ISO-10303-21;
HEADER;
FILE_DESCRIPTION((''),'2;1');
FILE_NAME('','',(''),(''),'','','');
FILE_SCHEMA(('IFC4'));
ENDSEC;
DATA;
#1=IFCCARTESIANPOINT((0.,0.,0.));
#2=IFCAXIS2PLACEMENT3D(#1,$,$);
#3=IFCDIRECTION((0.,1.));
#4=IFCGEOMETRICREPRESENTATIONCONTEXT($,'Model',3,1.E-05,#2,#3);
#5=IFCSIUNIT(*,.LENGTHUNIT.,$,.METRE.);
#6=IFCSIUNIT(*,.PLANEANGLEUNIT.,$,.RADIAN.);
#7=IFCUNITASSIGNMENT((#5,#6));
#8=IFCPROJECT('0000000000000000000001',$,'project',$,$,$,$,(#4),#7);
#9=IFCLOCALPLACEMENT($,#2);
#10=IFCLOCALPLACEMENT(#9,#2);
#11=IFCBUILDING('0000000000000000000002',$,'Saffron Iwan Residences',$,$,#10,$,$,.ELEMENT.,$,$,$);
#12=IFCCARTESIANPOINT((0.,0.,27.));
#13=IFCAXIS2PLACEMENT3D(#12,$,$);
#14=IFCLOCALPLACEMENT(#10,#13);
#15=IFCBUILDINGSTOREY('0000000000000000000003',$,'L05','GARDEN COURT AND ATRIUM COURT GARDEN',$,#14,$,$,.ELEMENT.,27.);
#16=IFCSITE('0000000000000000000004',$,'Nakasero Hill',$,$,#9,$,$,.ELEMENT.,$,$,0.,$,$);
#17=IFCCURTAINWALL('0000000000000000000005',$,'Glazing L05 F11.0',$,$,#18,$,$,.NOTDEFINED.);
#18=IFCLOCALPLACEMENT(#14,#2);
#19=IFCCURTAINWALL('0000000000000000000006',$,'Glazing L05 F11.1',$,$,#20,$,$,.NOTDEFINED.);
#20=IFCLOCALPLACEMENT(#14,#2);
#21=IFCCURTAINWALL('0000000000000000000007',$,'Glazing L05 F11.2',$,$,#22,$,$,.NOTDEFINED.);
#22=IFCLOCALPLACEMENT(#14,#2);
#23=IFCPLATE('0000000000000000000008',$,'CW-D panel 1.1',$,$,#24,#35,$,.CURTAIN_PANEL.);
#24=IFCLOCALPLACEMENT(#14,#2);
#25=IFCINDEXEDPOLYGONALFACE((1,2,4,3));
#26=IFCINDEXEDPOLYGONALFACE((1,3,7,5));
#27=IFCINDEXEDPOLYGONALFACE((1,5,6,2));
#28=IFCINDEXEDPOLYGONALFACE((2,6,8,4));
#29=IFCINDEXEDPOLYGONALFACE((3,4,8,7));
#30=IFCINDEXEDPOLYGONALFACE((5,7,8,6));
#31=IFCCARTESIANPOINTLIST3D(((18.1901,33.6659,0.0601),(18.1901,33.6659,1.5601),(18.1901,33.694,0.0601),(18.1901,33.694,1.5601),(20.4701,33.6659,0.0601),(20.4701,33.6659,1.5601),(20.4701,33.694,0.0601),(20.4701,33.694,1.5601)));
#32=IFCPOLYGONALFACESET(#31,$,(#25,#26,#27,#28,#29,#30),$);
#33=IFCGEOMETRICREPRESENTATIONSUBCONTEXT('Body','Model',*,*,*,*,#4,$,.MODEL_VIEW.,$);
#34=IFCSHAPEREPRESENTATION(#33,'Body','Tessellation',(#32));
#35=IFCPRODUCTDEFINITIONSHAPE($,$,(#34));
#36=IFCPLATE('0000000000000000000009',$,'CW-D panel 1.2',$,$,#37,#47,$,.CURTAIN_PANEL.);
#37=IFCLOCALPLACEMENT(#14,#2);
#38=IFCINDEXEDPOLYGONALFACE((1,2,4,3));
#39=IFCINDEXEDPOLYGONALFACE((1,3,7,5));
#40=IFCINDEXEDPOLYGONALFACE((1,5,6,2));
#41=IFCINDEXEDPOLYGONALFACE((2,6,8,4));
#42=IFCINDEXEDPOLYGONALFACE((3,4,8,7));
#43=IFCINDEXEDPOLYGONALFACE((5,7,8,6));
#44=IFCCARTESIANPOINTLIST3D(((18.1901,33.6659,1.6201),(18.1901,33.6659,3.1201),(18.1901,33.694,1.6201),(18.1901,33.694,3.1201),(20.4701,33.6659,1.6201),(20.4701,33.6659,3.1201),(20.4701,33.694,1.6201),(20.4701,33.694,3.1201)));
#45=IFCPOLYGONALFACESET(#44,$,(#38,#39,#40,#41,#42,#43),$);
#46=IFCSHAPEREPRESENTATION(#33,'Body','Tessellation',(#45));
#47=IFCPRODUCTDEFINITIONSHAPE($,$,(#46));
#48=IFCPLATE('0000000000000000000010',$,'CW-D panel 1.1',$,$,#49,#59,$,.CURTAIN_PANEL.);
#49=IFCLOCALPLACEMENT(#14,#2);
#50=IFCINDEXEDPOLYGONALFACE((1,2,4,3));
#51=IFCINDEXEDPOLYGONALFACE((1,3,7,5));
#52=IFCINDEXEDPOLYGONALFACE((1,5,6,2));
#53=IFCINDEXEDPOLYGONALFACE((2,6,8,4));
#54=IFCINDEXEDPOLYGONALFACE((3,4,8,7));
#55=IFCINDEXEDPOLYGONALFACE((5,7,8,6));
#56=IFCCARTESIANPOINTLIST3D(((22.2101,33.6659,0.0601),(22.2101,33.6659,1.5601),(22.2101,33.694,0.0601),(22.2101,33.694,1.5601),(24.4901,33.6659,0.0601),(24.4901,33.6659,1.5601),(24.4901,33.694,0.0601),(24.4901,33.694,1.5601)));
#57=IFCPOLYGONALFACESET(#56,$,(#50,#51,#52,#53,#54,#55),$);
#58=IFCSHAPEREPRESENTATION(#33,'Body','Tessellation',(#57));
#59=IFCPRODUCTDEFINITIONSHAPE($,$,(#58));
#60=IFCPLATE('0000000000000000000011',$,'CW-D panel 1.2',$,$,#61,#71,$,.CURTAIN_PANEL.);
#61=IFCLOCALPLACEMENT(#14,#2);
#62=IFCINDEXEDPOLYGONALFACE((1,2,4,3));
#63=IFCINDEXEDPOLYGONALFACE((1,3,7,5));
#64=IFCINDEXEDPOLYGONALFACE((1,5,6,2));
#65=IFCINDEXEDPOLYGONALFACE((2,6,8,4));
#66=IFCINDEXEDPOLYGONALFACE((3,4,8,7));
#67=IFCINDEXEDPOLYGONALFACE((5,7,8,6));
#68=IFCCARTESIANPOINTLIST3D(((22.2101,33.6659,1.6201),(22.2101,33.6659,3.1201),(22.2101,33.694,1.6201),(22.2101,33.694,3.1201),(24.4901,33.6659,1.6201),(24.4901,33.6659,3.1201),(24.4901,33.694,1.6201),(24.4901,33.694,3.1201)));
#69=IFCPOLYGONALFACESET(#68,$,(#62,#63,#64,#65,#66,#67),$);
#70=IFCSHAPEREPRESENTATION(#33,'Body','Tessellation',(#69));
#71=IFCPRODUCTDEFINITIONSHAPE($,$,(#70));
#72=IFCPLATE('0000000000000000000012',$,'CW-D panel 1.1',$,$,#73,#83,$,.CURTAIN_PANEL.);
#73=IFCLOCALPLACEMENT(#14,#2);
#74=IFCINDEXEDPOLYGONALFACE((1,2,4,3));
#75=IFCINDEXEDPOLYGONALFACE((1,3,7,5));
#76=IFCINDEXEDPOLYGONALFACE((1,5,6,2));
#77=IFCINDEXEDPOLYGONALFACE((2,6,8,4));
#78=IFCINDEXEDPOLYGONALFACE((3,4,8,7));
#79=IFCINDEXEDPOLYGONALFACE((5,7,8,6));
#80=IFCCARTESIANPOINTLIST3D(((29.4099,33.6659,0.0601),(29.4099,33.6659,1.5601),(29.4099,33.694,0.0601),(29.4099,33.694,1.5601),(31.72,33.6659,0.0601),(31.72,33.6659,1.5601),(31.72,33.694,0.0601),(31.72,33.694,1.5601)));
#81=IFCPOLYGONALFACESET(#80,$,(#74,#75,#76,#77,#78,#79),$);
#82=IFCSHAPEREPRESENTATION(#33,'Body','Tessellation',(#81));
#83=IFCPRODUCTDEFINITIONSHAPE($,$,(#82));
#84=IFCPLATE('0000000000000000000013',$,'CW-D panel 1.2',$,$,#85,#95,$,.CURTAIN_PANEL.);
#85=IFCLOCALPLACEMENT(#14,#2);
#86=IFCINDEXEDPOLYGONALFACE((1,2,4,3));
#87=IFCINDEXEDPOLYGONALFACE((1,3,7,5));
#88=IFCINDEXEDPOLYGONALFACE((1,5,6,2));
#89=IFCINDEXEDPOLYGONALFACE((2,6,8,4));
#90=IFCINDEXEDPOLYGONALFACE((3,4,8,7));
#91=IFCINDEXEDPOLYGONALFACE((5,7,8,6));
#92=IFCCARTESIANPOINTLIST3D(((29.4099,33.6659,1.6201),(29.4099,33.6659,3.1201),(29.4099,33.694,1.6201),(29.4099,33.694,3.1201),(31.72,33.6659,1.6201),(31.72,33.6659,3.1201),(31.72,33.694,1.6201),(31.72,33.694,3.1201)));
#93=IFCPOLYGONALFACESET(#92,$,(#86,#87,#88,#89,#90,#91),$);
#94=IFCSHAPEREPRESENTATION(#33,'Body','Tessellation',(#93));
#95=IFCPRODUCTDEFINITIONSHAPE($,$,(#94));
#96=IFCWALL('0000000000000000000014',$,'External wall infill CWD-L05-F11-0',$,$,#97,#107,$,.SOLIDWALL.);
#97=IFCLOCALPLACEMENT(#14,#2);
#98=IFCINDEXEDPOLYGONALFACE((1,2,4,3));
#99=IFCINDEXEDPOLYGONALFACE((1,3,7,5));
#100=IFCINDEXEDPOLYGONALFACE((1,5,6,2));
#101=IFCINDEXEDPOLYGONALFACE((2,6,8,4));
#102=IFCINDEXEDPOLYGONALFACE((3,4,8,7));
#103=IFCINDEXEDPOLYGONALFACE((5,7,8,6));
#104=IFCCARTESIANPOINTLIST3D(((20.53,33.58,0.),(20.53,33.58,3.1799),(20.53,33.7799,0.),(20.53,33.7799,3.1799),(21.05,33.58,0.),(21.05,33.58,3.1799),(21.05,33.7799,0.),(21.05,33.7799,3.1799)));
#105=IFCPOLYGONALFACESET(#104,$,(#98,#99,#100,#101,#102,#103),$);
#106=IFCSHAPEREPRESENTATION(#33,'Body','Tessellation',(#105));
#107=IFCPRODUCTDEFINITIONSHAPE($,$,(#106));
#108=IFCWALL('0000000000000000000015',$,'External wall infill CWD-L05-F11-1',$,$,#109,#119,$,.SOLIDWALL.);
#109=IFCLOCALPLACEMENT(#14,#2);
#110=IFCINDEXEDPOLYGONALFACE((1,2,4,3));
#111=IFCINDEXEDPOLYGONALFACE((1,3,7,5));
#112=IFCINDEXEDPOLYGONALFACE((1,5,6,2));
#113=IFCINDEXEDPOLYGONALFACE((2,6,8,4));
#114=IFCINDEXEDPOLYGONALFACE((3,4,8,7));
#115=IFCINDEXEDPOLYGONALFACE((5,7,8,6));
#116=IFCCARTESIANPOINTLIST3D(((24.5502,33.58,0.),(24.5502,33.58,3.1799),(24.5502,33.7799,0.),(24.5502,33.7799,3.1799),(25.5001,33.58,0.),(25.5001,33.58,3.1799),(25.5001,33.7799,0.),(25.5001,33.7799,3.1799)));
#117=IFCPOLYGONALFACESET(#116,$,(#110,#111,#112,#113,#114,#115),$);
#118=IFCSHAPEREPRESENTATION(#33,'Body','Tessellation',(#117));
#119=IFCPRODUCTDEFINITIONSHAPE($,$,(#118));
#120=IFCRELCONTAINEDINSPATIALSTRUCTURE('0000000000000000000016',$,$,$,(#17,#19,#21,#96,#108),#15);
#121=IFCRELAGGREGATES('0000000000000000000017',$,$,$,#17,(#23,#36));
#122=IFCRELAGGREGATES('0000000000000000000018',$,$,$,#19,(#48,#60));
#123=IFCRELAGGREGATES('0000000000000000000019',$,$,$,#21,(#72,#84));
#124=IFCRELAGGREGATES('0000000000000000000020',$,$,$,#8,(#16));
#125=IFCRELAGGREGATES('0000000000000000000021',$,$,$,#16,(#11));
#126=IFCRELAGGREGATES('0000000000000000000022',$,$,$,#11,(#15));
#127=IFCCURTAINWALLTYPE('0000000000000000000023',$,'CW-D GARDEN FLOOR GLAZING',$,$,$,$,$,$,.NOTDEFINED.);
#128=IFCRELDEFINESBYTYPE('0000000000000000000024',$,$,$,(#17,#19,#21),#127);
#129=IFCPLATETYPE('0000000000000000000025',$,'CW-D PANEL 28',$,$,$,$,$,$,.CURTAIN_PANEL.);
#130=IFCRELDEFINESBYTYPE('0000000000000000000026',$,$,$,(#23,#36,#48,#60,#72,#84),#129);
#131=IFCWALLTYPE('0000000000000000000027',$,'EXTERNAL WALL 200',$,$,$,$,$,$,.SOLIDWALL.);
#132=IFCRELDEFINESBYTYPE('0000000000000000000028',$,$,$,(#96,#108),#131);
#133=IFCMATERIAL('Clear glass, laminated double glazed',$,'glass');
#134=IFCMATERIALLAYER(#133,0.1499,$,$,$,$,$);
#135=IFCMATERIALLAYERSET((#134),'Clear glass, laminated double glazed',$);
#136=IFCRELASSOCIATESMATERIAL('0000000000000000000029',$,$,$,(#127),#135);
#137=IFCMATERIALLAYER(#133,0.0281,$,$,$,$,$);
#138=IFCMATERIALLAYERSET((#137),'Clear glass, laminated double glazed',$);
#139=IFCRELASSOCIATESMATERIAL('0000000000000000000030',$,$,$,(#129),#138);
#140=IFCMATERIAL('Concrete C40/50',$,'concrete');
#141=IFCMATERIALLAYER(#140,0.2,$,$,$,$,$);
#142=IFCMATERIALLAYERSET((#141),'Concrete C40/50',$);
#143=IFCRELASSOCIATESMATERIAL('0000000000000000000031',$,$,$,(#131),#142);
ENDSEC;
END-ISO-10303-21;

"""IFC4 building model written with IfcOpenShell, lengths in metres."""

from ifc_helpers import new_model, si_unit, direction, frame, frame_2d, origin, origin_2d, place, context, subcontext, project, spatial, rectangle, extrude, source, transform, mapped, material, layer, layer_set, type_object, element, aggregate, save


model = new_model("IFC4")

# Units and contexts
model_context = context("Model", 3, precision=1e-05, world=origin(), true_north=direction((0.0, 1.0)))
body_context = subcontext(model_context, "Body", "Model", "MODEL_VIEW")
ifc_project = project(units=[si_unit("LENGTHUNIT", "METRE"), si_unit("PLANEANGLEUNIT", "RADIAN")], contexts=[model_context])

# Site, building, storey
site_placement = place(None, origin())
site = spatial("IfcSite", under=ifc_project, at=site_placement, Name="Nakasero Hill", CompositionType="ELEMENT", RefElevation=0.0)
building_placement = place(site_placement, origin())
building = spatial("IfcBuilding", under=site, at=building_placement, Name="Saffron Iwan Residences", CompositionType="ELEMENT")
storey_placement = place(building_placement, frame((0.0, 0.0, 27.0)))
storey = spatial("IfcBuildingStorey", under=building, at=storey_placement, Name="L05", Description="GARDEN COURT AND ATRIUM COURT GARDEN", CompositionType="ELEMENT", Elevation=27.0)

# Curtain wall
ifc_material_1 = material(Name="Clear glass, laminated double glazed", Category="glass")
ifc_layer_1 = layer(ifc_material_1, 0.1499)
ifc_layer_set_1 = layer_set([ifc_layer_1], Name="Clear glass, laminated double glazed")
curtain_wall_type = type_object("IfcCurtainWallType", Name="CW-D GARDEN FLOOR GLAZING", PredefinedType="NOTDEFINED", material=ifc_layer_set_1)
curtain_wall_1_placement = place(storey_placement, origin())
curtain_wall_1 = element("IfcCurtainWall", 1, at=curtain_wall_1_placement, inside=storey, type_object=curtain_wall_type, Name="Glazing L05 F11.0", PredefinedType="NOTDEFINED")

# Curtain wall
curtain_wall_2_placement = place(storey_placement, origin())
curtain_wall_2 = element("IfcCurtainWall", 2, at=curtain_wall_2_placement, inside=storey, type_object=curtain_wall_type, Name="Glazing L05 F11.1", PredefinedType="NOTDEFINED")

# Curtain wall
curtain_wall_3_placement = place(storey_placement, origin())
curtain_wall_3 = element("IfcCurtainWall", 3, at=curtain_wall_3_placement, inside=storey, type_object=curtain_wall_type, Name="Glazing L05 F11.2", PredefinedType="NOTDEFINED")

# Plates
ifc_layer_2 = layer(ifc_material_1, 0.0281)
ifc_layer_set_2 = layer_set([ifc_layer_2], Name="Clear glass, laminated double glazed")
plate_type = type_object("IfcPlateType", Name="CW-D PANEL 28", PredefinedType="CURTAIN_PANEL", material=ifc_layer_set_2)
shared_shape_1 = source(origin(), body_context, "Body", "SweptSolid", [
    extrude(rectangle(XDim=2.28, YDim=0.0281, at=origin_2d()), origin(), (0.0, 0.0, 1.0), 1.5),
])
plate_1_placement = place(storey_placement, frame((19.3301, 33.6799, 0.0601), z_axis=(0.0, 0.0, 1.0), x_axis=(1.0, 0.0, 0.0)))
plate_1 = element("IfcPlate", 4, at=plate_1_placement, type_object=plate_type, Name="CW-D panel 1.1", PredefinedType="CURTAIN_PANEL", context=body_context, shape_type="MappedRepresentation", body=[
    mapped(shared_shape_1, transform((0.0, 0.0, 0.0))),
])
plate_2_placement = place(storey_placement, frame((19.3301, 33.6799, 1.6201), z_axis=(0.0, 0.0, 1.0), x_axis=(1.0, 0.0, 0.0)))
plate_2 = element("IfcPlate", 5, at=plate_2_placement, type_object=plate_type, Name="CW-D panel 1.2", PredefinedType="CURTAIN_PANEL", context=body_context, shape_type="MappedRepresentation", body=[
    mapped(shared_shape_1, transform((0.0, 0.0, 0.0))),
])
aggregate(curtain_wall_1, [plate_1, plate_2])
plate_3_placement = place(storey_placement, frame((23.3501, 33.6799, 0.0601), z_axis=(0.0, 0.0, 1.0), x_axis=(1.0, 0.0, 0.0)))
plate_3 = element("IfcPlate", 6, at=plate_3_placement, type_object=plate_type, Name="CW-D panel 1.1", PredefinedType="CURTAIN_PANEL", context=body_context, shape_type="MappedRepresentation", body=[
    mapped(shared_shape_1, transform((0.0, 0.0, 0.0))),
])
plate_4_placement = place(storey_placement, frame((23.3501, 33.6799, 1.6201), z_axis=(0.0, 0.0, 1.0), x_axis=(1.0, 0.0, 0.0)))
plate_4 = element("IfcPlate", 7, at=plate_4_placement, type_object=plate_type, Name="CW-D panel 1.2", PredefinedType="CURTAIN_PANEL", context=body_context, shape_type="MappedRepresentation", body=[
    mapped(shared_shape_1, transform((0.0, 0.0, 0.0))),
])
aggregate(curtain_wall_2, [plate_3, plate_4])
shared_shape_2 = source(origin(), body_context, "Body", "SweptSolid", [
    extrude(rectangle(XDim=2.3101, YDim=0.0281, at=origin_2d()), origin(), (0.0, 0.0, 1.0), 1.5),
])
plate_5_placement = place(storey_placement, frame((30.5649, 33.6799, 0.0601), z_axis=(0.0, 0.0, 1.0), x_axis=(1.0, 0.0, 0.0)))
plate_5 = element("IfcPlate", 8, at=plate_5_placement, type_object=plate_type, Name="CW-D panel 1.1", PredefinedType="CURTAIN_PANEL", context=body_context, shape_type="MappedRepresentation", body=[
    mapped(shared_shape_2, transform((0.0, 0.0, 0.0))),
])
plate_6_placement = place(storey_placement, frame((30.5649, 33.6799, 1.6201), z_axis=(0.0, 0.0, 1.0), x_axis=(1.0, 0.0, 0.0)))
plate_6 = element("IfcPlate", 9, at=plate_6_placement, type_object=plate_type, Name="CW-D panel 1.2", PredefinedType="CURTAIN_PANEL", context=body_context, shape_type="MappedRepresentation", body=[
    mapped(shared_shape_2, transform((0.0, 0.0, 0.0))),
])
aggregate(curtain_wall_3, [plate_5, plate_6])

# Shared definitions
ifc_material_2 = material(Name="Concrete C40/50", Category="concrete")
ifc_layer_3 = layer(ifc_material_2, 0.2)
ifc_layer_set_3 = layer_set([ifc_layer_3], Name="Concrete C40/50")
wall_type = type_object("IfcWallType", Name="EXTERNAL WALL 200", PredefinedType="SOLIDWALL", material=ifc_layer_set_3)

# Walls
wall_1_placement = place(storey_placement, frame((20.53, 33.6799, 0.0), z_axis=(0.0, 0.0, 1.0), x_axis=(1.0, 0.0, 0.0)))
element("IfcWall", 10, at=wall_1_placement, inside=storey, type_object=wall_type, Name="External wall infill CWD-L05-F11-0", PredefinedType="SOLIDWALL", context=body_context, shape_type="SweptSolid", body=[
    extrude(rectangle(XDim=0.52, YDim=0.2, at=frame_2d((0.26, 0.0))), origin(), (0.0, 0.0, 1.0), 3.1799),
])
wall_2_placement = place(storey_placement, frame((24.55, 33.6799, 0.0), z_axis=(0.0, 0.0, 1.0), x_axis=(1.0, 0.0, 0.0)))
element("IfcWall", 11, at=wall_2_placement, inside=storey, type_object=wall_type, Name="External wall infill CWD-L05-F11-1", PredefinedType="SOLIDWALL", context=body_context, shape_type="SweptSolid", body=[
    extrude(rectangle(XDim=0.95, YDim=0.2, at=frame_2d((0.4751, 0.0))), origin(), (0.0, 0.0, 1.0), 3.1799),
])

save(model, "model.ifc")
